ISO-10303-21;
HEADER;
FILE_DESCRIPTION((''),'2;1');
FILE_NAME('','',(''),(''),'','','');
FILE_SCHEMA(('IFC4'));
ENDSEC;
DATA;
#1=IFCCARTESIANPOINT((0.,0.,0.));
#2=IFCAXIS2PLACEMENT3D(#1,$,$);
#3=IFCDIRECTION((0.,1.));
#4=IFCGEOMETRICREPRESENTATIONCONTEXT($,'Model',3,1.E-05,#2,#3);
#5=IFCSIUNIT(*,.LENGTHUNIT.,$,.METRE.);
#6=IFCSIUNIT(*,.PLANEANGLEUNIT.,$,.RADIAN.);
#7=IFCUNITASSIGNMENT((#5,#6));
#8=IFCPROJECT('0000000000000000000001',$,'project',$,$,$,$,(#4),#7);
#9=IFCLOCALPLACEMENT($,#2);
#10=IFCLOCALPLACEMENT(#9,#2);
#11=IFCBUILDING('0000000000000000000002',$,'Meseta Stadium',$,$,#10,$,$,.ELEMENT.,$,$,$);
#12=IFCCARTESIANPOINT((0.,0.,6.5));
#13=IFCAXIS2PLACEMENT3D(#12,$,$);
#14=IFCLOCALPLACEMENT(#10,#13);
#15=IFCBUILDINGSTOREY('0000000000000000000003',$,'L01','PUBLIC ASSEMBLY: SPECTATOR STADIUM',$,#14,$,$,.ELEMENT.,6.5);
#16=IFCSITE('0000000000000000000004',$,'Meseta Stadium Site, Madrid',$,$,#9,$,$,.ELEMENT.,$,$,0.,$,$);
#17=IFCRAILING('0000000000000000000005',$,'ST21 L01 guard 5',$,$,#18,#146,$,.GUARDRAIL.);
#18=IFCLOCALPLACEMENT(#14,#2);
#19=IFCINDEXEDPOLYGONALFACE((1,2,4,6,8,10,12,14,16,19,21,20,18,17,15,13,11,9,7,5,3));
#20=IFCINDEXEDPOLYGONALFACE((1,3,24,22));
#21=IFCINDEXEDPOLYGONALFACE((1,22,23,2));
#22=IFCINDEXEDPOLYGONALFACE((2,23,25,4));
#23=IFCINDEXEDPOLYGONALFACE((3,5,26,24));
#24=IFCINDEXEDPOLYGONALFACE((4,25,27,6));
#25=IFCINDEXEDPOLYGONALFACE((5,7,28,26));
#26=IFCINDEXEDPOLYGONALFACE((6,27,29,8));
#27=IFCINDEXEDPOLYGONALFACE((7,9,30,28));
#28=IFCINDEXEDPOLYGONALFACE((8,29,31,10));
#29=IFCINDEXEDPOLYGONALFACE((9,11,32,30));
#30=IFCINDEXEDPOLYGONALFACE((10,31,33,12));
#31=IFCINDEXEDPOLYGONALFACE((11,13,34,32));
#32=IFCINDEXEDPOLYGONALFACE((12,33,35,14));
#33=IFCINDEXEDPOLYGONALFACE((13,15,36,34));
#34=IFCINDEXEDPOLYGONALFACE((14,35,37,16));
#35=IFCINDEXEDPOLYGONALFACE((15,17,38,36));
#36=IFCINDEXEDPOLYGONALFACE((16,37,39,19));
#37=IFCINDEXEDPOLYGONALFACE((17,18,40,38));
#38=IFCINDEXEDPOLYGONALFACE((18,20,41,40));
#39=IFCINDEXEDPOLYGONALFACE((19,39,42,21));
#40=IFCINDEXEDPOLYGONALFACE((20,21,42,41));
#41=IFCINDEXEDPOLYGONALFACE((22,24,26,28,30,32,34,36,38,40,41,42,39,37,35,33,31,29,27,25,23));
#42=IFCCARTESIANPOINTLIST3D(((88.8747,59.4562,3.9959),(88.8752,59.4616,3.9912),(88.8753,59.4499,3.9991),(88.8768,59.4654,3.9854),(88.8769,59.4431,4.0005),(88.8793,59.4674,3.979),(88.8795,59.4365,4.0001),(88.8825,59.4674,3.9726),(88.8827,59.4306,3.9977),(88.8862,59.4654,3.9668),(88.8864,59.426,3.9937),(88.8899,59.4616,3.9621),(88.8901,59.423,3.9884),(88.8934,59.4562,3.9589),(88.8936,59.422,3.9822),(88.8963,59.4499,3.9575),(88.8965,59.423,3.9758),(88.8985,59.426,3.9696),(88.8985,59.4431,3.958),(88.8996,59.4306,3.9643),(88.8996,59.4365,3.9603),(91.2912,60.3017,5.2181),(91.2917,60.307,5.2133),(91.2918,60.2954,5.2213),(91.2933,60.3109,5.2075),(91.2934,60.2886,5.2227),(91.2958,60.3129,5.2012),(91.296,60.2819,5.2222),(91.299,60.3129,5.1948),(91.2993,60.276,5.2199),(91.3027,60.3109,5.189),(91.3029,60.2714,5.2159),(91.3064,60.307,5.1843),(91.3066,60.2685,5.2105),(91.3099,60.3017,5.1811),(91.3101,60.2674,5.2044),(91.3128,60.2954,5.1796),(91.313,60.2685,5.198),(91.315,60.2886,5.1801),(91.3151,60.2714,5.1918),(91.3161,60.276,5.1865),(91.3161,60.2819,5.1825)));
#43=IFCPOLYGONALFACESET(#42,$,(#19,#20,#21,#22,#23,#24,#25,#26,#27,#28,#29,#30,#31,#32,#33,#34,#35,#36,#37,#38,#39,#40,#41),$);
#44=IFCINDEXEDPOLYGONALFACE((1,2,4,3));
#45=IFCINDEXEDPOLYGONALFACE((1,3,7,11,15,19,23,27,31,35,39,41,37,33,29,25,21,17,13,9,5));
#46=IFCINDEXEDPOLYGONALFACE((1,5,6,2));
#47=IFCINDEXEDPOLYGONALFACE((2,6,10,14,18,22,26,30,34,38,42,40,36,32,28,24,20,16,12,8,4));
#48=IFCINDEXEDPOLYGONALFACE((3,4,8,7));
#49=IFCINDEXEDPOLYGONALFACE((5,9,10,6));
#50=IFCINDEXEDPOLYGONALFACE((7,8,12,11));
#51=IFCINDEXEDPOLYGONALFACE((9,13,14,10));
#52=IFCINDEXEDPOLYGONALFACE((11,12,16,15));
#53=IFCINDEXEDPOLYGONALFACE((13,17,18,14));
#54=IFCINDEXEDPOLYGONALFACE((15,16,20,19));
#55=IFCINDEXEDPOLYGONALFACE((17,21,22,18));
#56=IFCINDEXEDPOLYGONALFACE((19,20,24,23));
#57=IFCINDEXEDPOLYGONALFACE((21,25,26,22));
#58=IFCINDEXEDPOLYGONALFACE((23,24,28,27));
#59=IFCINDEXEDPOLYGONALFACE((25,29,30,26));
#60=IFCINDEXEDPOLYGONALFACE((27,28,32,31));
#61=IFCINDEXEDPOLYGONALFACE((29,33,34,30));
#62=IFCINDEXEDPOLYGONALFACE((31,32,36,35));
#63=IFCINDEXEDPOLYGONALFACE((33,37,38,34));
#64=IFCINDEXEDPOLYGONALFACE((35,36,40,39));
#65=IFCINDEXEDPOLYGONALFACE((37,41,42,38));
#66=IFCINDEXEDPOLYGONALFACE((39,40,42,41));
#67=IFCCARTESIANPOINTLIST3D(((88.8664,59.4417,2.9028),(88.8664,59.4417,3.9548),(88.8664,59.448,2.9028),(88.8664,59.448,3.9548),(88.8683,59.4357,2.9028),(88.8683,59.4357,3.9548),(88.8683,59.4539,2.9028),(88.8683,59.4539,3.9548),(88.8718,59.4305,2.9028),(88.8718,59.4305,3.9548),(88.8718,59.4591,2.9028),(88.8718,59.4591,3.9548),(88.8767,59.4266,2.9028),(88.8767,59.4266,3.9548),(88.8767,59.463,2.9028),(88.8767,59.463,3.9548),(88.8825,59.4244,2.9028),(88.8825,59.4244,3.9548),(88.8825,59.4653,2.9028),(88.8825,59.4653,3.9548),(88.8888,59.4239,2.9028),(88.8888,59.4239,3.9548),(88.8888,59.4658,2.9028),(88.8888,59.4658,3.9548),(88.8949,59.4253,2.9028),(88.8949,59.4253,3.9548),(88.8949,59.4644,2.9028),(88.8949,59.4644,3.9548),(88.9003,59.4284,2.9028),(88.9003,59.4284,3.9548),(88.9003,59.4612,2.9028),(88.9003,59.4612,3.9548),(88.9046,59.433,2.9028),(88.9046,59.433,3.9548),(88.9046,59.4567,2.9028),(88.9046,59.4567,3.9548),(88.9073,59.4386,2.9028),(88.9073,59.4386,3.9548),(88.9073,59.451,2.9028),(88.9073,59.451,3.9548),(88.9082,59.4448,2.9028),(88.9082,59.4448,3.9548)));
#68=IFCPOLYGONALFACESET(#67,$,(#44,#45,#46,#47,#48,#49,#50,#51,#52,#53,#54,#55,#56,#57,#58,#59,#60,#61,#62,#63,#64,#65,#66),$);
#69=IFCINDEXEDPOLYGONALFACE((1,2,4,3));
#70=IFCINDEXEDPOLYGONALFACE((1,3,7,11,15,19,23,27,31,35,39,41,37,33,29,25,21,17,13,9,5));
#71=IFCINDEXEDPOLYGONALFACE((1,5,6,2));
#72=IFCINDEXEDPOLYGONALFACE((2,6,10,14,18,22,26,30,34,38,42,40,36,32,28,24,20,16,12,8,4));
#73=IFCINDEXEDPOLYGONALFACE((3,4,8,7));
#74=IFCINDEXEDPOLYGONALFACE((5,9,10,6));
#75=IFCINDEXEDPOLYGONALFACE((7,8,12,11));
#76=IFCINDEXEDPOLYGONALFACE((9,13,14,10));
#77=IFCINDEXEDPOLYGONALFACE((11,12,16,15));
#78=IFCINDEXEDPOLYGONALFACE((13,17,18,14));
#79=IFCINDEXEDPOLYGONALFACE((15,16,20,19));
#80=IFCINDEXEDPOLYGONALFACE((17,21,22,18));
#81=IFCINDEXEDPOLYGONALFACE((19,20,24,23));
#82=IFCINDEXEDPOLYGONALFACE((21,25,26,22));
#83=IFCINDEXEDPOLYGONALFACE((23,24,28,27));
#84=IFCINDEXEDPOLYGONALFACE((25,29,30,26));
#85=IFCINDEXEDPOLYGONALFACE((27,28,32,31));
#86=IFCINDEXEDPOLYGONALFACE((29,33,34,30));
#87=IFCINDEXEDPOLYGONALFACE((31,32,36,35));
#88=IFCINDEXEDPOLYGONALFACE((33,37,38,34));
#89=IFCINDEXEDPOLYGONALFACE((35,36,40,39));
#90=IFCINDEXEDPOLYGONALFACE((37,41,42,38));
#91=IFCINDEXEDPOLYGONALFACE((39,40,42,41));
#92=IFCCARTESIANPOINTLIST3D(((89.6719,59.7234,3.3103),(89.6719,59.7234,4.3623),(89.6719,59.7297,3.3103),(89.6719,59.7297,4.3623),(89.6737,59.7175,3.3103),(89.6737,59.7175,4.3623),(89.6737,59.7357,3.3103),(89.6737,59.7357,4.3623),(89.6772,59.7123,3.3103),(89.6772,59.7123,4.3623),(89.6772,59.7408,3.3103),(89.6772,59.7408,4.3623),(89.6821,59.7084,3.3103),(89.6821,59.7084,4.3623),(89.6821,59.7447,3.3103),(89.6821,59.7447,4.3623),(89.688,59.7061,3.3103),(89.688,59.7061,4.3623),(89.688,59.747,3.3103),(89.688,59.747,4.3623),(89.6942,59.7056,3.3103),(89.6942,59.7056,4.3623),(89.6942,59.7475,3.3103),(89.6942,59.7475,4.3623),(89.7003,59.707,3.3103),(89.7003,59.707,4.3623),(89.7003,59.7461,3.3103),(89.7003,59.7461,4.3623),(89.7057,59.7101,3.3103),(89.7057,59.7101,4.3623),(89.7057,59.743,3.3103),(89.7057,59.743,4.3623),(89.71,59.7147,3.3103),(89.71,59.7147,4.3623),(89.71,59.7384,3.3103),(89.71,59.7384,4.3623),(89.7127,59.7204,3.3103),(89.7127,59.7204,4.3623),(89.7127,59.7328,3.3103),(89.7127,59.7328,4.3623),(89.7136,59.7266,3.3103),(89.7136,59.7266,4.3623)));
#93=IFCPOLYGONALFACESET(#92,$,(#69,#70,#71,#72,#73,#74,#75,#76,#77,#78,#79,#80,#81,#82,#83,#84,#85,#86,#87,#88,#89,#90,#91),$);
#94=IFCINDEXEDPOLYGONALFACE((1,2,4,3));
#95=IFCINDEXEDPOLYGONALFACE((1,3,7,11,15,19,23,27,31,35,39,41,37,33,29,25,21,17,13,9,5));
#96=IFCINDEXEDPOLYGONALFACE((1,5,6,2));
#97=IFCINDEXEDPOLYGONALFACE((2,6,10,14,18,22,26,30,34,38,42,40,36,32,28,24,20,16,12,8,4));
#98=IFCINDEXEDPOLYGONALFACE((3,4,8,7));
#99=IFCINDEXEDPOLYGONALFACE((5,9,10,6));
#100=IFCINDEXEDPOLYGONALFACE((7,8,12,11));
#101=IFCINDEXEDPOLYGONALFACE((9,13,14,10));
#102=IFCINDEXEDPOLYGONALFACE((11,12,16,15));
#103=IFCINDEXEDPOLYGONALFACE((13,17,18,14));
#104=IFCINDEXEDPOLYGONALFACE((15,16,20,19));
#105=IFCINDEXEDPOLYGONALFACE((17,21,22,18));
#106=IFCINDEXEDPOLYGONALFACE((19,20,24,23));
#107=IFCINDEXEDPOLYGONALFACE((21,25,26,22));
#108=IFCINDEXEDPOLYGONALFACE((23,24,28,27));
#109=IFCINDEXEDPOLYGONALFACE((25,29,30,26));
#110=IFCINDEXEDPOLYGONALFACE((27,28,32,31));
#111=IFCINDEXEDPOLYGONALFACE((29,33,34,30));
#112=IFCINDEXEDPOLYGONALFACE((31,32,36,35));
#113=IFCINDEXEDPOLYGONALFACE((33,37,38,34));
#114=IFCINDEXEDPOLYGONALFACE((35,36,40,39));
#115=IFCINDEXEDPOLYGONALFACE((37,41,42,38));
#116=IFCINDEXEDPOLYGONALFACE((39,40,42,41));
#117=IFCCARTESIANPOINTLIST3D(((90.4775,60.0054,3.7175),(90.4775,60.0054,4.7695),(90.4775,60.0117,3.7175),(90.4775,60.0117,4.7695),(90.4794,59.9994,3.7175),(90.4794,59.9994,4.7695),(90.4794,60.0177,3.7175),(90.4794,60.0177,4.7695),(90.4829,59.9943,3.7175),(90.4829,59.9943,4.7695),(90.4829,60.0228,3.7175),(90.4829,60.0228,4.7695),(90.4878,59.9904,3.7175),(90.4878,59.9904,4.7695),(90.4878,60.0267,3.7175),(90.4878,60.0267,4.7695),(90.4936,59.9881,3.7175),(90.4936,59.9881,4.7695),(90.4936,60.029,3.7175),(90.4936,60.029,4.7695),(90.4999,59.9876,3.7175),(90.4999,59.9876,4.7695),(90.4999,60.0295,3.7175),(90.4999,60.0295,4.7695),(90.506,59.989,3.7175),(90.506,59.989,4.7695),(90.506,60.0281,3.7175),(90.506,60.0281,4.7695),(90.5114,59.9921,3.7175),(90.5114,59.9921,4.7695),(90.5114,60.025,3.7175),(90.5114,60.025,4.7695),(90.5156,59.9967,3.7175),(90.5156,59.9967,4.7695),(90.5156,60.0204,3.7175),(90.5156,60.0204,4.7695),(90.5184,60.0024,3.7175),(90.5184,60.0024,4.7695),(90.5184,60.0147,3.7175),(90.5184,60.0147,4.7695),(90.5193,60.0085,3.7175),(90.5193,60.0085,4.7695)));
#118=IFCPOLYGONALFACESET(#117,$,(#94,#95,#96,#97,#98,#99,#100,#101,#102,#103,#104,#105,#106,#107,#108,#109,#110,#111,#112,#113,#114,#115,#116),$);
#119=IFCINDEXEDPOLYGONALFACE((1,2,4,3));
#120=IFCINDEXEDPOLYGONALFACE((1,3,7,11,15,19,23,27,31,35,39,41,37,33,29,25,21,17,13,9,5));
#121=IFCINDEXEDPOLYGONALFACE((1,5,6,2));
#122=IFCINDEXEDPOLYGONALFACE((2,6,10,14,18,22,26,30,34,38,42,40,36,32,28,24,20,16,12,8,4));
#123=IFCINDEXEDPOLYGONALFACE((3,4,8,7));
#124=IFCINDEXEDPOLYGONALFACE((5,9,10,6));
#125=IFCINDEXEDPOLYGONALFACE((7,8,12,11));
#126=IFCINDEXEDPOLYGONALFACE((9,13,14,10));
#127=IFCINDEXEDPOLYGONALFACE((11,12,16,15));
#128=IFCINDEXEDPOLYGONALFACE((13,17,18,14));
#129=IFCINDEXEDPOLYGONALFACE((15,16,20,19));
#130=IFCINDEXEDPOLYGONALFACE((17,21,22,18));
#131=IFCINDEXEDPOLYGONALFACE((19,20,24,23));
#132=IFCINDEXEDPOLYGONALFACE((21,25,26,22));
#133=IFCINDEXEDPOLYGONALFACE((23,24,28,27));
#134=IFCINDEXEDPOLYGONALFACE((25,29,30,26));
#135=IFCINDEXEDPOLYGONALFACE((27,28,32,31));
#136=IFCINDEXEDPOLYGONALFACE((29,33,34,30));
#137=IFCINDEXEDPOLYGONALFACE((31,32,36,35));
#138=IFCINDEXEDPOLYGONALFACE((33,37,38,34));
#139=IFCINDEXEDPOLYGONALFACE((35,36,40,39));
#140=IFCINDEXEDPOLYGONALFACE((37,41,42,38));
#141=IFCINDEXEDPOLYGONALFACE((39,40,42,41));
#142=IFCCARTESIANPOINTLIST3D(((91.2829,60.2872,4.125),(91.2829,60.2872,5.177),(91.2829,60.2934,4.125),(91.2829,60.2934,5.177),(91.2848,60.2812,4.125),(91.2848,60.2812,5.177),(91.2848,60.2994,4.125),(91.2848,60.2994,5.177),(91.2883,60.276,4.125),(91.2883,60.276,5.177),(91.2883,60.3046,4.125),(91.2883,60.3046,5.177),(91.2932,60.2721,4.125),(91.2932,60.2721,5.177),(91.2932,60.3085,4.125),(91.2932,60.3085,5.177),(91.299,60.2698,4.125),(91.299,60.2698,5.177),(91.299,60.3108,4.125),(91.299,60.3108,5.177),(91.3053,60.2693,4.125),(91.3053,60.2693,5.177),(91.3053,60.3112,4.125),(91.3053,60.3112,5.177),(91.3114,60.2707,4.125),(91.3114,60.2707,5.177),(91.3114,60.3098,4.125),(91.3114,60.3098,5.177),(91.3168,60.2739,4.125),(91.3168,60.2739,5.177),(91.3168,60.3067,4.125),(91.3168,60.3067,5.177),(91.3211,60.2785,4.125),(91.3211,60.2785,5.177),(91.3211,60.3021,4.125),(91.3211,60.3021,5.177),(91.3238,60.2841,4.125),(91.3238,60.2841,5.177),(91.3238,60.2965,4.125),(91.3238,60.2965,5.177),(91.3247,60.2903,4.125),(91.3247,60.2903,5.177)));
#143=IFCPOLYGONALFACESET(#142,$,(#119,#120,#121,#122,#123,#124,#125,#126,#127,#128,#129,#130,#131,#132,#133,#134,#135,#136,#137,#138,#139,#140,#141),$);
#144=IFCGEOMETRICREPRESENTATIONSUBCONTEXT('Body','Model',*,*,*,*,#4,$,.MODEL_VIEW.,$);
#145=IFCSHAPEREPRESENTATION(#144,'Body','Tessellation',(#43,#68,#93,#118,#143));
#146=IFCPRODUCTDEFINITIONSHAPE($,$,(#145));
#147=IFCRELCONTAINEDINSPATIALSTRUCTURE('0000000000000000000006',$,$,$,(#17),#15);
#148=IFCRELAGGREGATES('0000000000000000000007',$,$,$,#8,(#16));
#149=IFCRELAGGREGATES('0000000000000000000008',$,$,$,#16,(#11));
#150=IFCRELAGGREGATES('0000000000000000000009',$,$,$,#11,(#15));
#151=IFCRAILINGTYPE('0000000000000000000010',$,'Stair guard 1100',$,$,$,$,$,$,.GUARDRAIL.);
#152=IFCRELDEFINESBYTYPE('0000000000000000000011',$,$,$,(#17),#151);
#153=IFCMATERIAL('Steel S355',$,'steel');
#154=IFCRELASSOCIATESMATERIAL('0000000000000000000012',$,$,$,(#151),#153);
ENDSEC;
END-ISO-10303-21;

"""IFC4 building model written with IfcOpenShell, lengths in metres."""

from ifc_helpers import new_model, si_unit, direction, frame, origin, origin_2d, place, context, subcontext, project, spatial, circle, extrude, material, type_object, element, save


model = new_model("IFC4")

# Units and contexts
model_context = context("Model", 3, precision=1e-05, world=origin(), true_north=direction((0.0, 1.0)))
body_context = subcontext(model_context, "Body", "Model", "MODEL_VIEW")
ifc_project = project(units=[si_unit("LENGTHUNIT", "METRE"), si_unit("PLANEANGLEUNIT", "RADIAN")], contexts=[model_context])

# Site, building, storey
site_placement = place(None, origin())
site = spatial("IfcSite", under=ifc_project, at=site_placement, Name="Meseta Stadium Site, Madrid", CompositionType="ELEMENT", RefElevation=0.0)
building_placement = place(site_placement, origin())
building = spatial("IfcBuilding", under=site, at=building_placement, Name="Meseta Stadium", CompositionType="ELEMENT")
storey_placement = place(building_placement, frame((0.0, 0.0, 6.5)))
storey = spatial("IfcBuildingStorey", under=building, at=storey_placement, Name="L01", Description="PUBLIC ASSEMBLY: SPECTATOR STADIUM", CompositionType="ELEMENT", Elevation=6.5)

# Railing
ifc_material_1 = material(Name="Steel S355", Category="steel")
railing_type_1 = type_object("IfcRailingType", Name="Stair guard 1100", PredefinedType="GUARDRAIL", material=ifc_material_1)
railing_1_placement = place(storey_placement, frame((88.8872, 59.4448, 2.9028)))
element("IfcRailing", 1, at=railing_1_placement, inside=storey, type_object=railing_type_1, Name="ST21 L01 guard 5", PredefinedType="GUARDRAIL", context=body_context, shape_type="SweptSolid", body=[
    extrude(circle(Radius=0.0239, at=origin_2d()), frame((0.0, 0.0, 1.0762), z_axis=(0.851812, 0.298022, 0.430811), x_axis=(-0.33024, 0.943897, 0.0)), (0.0, 0.0, 1.0), 2.8369),
    extrude(circle(Radius=0.021, at=origin_2d()), origin(), (0.0, 0.0, 1.0), 1.052),
    extrude(circle(Radius=0.021, at=origin_2d()), frame((0.8054, 0.2817, 0.4075)), (0.0, 0.0, 1.0), 1.052),
    extrude(circle(Radius=0.021, at=origin_2d()), frame((1.6111, 0.5637, 0.8147)), (0.0, 0.0, 1.0), 1.052),
    extrude(circle(Radius=0.021, at=origin_2d()), frame((2.4165, 0.8455, 1.2222)), (0.0, 0.0, 1.0), 1.052),
])

save(model, "model.ifc")
